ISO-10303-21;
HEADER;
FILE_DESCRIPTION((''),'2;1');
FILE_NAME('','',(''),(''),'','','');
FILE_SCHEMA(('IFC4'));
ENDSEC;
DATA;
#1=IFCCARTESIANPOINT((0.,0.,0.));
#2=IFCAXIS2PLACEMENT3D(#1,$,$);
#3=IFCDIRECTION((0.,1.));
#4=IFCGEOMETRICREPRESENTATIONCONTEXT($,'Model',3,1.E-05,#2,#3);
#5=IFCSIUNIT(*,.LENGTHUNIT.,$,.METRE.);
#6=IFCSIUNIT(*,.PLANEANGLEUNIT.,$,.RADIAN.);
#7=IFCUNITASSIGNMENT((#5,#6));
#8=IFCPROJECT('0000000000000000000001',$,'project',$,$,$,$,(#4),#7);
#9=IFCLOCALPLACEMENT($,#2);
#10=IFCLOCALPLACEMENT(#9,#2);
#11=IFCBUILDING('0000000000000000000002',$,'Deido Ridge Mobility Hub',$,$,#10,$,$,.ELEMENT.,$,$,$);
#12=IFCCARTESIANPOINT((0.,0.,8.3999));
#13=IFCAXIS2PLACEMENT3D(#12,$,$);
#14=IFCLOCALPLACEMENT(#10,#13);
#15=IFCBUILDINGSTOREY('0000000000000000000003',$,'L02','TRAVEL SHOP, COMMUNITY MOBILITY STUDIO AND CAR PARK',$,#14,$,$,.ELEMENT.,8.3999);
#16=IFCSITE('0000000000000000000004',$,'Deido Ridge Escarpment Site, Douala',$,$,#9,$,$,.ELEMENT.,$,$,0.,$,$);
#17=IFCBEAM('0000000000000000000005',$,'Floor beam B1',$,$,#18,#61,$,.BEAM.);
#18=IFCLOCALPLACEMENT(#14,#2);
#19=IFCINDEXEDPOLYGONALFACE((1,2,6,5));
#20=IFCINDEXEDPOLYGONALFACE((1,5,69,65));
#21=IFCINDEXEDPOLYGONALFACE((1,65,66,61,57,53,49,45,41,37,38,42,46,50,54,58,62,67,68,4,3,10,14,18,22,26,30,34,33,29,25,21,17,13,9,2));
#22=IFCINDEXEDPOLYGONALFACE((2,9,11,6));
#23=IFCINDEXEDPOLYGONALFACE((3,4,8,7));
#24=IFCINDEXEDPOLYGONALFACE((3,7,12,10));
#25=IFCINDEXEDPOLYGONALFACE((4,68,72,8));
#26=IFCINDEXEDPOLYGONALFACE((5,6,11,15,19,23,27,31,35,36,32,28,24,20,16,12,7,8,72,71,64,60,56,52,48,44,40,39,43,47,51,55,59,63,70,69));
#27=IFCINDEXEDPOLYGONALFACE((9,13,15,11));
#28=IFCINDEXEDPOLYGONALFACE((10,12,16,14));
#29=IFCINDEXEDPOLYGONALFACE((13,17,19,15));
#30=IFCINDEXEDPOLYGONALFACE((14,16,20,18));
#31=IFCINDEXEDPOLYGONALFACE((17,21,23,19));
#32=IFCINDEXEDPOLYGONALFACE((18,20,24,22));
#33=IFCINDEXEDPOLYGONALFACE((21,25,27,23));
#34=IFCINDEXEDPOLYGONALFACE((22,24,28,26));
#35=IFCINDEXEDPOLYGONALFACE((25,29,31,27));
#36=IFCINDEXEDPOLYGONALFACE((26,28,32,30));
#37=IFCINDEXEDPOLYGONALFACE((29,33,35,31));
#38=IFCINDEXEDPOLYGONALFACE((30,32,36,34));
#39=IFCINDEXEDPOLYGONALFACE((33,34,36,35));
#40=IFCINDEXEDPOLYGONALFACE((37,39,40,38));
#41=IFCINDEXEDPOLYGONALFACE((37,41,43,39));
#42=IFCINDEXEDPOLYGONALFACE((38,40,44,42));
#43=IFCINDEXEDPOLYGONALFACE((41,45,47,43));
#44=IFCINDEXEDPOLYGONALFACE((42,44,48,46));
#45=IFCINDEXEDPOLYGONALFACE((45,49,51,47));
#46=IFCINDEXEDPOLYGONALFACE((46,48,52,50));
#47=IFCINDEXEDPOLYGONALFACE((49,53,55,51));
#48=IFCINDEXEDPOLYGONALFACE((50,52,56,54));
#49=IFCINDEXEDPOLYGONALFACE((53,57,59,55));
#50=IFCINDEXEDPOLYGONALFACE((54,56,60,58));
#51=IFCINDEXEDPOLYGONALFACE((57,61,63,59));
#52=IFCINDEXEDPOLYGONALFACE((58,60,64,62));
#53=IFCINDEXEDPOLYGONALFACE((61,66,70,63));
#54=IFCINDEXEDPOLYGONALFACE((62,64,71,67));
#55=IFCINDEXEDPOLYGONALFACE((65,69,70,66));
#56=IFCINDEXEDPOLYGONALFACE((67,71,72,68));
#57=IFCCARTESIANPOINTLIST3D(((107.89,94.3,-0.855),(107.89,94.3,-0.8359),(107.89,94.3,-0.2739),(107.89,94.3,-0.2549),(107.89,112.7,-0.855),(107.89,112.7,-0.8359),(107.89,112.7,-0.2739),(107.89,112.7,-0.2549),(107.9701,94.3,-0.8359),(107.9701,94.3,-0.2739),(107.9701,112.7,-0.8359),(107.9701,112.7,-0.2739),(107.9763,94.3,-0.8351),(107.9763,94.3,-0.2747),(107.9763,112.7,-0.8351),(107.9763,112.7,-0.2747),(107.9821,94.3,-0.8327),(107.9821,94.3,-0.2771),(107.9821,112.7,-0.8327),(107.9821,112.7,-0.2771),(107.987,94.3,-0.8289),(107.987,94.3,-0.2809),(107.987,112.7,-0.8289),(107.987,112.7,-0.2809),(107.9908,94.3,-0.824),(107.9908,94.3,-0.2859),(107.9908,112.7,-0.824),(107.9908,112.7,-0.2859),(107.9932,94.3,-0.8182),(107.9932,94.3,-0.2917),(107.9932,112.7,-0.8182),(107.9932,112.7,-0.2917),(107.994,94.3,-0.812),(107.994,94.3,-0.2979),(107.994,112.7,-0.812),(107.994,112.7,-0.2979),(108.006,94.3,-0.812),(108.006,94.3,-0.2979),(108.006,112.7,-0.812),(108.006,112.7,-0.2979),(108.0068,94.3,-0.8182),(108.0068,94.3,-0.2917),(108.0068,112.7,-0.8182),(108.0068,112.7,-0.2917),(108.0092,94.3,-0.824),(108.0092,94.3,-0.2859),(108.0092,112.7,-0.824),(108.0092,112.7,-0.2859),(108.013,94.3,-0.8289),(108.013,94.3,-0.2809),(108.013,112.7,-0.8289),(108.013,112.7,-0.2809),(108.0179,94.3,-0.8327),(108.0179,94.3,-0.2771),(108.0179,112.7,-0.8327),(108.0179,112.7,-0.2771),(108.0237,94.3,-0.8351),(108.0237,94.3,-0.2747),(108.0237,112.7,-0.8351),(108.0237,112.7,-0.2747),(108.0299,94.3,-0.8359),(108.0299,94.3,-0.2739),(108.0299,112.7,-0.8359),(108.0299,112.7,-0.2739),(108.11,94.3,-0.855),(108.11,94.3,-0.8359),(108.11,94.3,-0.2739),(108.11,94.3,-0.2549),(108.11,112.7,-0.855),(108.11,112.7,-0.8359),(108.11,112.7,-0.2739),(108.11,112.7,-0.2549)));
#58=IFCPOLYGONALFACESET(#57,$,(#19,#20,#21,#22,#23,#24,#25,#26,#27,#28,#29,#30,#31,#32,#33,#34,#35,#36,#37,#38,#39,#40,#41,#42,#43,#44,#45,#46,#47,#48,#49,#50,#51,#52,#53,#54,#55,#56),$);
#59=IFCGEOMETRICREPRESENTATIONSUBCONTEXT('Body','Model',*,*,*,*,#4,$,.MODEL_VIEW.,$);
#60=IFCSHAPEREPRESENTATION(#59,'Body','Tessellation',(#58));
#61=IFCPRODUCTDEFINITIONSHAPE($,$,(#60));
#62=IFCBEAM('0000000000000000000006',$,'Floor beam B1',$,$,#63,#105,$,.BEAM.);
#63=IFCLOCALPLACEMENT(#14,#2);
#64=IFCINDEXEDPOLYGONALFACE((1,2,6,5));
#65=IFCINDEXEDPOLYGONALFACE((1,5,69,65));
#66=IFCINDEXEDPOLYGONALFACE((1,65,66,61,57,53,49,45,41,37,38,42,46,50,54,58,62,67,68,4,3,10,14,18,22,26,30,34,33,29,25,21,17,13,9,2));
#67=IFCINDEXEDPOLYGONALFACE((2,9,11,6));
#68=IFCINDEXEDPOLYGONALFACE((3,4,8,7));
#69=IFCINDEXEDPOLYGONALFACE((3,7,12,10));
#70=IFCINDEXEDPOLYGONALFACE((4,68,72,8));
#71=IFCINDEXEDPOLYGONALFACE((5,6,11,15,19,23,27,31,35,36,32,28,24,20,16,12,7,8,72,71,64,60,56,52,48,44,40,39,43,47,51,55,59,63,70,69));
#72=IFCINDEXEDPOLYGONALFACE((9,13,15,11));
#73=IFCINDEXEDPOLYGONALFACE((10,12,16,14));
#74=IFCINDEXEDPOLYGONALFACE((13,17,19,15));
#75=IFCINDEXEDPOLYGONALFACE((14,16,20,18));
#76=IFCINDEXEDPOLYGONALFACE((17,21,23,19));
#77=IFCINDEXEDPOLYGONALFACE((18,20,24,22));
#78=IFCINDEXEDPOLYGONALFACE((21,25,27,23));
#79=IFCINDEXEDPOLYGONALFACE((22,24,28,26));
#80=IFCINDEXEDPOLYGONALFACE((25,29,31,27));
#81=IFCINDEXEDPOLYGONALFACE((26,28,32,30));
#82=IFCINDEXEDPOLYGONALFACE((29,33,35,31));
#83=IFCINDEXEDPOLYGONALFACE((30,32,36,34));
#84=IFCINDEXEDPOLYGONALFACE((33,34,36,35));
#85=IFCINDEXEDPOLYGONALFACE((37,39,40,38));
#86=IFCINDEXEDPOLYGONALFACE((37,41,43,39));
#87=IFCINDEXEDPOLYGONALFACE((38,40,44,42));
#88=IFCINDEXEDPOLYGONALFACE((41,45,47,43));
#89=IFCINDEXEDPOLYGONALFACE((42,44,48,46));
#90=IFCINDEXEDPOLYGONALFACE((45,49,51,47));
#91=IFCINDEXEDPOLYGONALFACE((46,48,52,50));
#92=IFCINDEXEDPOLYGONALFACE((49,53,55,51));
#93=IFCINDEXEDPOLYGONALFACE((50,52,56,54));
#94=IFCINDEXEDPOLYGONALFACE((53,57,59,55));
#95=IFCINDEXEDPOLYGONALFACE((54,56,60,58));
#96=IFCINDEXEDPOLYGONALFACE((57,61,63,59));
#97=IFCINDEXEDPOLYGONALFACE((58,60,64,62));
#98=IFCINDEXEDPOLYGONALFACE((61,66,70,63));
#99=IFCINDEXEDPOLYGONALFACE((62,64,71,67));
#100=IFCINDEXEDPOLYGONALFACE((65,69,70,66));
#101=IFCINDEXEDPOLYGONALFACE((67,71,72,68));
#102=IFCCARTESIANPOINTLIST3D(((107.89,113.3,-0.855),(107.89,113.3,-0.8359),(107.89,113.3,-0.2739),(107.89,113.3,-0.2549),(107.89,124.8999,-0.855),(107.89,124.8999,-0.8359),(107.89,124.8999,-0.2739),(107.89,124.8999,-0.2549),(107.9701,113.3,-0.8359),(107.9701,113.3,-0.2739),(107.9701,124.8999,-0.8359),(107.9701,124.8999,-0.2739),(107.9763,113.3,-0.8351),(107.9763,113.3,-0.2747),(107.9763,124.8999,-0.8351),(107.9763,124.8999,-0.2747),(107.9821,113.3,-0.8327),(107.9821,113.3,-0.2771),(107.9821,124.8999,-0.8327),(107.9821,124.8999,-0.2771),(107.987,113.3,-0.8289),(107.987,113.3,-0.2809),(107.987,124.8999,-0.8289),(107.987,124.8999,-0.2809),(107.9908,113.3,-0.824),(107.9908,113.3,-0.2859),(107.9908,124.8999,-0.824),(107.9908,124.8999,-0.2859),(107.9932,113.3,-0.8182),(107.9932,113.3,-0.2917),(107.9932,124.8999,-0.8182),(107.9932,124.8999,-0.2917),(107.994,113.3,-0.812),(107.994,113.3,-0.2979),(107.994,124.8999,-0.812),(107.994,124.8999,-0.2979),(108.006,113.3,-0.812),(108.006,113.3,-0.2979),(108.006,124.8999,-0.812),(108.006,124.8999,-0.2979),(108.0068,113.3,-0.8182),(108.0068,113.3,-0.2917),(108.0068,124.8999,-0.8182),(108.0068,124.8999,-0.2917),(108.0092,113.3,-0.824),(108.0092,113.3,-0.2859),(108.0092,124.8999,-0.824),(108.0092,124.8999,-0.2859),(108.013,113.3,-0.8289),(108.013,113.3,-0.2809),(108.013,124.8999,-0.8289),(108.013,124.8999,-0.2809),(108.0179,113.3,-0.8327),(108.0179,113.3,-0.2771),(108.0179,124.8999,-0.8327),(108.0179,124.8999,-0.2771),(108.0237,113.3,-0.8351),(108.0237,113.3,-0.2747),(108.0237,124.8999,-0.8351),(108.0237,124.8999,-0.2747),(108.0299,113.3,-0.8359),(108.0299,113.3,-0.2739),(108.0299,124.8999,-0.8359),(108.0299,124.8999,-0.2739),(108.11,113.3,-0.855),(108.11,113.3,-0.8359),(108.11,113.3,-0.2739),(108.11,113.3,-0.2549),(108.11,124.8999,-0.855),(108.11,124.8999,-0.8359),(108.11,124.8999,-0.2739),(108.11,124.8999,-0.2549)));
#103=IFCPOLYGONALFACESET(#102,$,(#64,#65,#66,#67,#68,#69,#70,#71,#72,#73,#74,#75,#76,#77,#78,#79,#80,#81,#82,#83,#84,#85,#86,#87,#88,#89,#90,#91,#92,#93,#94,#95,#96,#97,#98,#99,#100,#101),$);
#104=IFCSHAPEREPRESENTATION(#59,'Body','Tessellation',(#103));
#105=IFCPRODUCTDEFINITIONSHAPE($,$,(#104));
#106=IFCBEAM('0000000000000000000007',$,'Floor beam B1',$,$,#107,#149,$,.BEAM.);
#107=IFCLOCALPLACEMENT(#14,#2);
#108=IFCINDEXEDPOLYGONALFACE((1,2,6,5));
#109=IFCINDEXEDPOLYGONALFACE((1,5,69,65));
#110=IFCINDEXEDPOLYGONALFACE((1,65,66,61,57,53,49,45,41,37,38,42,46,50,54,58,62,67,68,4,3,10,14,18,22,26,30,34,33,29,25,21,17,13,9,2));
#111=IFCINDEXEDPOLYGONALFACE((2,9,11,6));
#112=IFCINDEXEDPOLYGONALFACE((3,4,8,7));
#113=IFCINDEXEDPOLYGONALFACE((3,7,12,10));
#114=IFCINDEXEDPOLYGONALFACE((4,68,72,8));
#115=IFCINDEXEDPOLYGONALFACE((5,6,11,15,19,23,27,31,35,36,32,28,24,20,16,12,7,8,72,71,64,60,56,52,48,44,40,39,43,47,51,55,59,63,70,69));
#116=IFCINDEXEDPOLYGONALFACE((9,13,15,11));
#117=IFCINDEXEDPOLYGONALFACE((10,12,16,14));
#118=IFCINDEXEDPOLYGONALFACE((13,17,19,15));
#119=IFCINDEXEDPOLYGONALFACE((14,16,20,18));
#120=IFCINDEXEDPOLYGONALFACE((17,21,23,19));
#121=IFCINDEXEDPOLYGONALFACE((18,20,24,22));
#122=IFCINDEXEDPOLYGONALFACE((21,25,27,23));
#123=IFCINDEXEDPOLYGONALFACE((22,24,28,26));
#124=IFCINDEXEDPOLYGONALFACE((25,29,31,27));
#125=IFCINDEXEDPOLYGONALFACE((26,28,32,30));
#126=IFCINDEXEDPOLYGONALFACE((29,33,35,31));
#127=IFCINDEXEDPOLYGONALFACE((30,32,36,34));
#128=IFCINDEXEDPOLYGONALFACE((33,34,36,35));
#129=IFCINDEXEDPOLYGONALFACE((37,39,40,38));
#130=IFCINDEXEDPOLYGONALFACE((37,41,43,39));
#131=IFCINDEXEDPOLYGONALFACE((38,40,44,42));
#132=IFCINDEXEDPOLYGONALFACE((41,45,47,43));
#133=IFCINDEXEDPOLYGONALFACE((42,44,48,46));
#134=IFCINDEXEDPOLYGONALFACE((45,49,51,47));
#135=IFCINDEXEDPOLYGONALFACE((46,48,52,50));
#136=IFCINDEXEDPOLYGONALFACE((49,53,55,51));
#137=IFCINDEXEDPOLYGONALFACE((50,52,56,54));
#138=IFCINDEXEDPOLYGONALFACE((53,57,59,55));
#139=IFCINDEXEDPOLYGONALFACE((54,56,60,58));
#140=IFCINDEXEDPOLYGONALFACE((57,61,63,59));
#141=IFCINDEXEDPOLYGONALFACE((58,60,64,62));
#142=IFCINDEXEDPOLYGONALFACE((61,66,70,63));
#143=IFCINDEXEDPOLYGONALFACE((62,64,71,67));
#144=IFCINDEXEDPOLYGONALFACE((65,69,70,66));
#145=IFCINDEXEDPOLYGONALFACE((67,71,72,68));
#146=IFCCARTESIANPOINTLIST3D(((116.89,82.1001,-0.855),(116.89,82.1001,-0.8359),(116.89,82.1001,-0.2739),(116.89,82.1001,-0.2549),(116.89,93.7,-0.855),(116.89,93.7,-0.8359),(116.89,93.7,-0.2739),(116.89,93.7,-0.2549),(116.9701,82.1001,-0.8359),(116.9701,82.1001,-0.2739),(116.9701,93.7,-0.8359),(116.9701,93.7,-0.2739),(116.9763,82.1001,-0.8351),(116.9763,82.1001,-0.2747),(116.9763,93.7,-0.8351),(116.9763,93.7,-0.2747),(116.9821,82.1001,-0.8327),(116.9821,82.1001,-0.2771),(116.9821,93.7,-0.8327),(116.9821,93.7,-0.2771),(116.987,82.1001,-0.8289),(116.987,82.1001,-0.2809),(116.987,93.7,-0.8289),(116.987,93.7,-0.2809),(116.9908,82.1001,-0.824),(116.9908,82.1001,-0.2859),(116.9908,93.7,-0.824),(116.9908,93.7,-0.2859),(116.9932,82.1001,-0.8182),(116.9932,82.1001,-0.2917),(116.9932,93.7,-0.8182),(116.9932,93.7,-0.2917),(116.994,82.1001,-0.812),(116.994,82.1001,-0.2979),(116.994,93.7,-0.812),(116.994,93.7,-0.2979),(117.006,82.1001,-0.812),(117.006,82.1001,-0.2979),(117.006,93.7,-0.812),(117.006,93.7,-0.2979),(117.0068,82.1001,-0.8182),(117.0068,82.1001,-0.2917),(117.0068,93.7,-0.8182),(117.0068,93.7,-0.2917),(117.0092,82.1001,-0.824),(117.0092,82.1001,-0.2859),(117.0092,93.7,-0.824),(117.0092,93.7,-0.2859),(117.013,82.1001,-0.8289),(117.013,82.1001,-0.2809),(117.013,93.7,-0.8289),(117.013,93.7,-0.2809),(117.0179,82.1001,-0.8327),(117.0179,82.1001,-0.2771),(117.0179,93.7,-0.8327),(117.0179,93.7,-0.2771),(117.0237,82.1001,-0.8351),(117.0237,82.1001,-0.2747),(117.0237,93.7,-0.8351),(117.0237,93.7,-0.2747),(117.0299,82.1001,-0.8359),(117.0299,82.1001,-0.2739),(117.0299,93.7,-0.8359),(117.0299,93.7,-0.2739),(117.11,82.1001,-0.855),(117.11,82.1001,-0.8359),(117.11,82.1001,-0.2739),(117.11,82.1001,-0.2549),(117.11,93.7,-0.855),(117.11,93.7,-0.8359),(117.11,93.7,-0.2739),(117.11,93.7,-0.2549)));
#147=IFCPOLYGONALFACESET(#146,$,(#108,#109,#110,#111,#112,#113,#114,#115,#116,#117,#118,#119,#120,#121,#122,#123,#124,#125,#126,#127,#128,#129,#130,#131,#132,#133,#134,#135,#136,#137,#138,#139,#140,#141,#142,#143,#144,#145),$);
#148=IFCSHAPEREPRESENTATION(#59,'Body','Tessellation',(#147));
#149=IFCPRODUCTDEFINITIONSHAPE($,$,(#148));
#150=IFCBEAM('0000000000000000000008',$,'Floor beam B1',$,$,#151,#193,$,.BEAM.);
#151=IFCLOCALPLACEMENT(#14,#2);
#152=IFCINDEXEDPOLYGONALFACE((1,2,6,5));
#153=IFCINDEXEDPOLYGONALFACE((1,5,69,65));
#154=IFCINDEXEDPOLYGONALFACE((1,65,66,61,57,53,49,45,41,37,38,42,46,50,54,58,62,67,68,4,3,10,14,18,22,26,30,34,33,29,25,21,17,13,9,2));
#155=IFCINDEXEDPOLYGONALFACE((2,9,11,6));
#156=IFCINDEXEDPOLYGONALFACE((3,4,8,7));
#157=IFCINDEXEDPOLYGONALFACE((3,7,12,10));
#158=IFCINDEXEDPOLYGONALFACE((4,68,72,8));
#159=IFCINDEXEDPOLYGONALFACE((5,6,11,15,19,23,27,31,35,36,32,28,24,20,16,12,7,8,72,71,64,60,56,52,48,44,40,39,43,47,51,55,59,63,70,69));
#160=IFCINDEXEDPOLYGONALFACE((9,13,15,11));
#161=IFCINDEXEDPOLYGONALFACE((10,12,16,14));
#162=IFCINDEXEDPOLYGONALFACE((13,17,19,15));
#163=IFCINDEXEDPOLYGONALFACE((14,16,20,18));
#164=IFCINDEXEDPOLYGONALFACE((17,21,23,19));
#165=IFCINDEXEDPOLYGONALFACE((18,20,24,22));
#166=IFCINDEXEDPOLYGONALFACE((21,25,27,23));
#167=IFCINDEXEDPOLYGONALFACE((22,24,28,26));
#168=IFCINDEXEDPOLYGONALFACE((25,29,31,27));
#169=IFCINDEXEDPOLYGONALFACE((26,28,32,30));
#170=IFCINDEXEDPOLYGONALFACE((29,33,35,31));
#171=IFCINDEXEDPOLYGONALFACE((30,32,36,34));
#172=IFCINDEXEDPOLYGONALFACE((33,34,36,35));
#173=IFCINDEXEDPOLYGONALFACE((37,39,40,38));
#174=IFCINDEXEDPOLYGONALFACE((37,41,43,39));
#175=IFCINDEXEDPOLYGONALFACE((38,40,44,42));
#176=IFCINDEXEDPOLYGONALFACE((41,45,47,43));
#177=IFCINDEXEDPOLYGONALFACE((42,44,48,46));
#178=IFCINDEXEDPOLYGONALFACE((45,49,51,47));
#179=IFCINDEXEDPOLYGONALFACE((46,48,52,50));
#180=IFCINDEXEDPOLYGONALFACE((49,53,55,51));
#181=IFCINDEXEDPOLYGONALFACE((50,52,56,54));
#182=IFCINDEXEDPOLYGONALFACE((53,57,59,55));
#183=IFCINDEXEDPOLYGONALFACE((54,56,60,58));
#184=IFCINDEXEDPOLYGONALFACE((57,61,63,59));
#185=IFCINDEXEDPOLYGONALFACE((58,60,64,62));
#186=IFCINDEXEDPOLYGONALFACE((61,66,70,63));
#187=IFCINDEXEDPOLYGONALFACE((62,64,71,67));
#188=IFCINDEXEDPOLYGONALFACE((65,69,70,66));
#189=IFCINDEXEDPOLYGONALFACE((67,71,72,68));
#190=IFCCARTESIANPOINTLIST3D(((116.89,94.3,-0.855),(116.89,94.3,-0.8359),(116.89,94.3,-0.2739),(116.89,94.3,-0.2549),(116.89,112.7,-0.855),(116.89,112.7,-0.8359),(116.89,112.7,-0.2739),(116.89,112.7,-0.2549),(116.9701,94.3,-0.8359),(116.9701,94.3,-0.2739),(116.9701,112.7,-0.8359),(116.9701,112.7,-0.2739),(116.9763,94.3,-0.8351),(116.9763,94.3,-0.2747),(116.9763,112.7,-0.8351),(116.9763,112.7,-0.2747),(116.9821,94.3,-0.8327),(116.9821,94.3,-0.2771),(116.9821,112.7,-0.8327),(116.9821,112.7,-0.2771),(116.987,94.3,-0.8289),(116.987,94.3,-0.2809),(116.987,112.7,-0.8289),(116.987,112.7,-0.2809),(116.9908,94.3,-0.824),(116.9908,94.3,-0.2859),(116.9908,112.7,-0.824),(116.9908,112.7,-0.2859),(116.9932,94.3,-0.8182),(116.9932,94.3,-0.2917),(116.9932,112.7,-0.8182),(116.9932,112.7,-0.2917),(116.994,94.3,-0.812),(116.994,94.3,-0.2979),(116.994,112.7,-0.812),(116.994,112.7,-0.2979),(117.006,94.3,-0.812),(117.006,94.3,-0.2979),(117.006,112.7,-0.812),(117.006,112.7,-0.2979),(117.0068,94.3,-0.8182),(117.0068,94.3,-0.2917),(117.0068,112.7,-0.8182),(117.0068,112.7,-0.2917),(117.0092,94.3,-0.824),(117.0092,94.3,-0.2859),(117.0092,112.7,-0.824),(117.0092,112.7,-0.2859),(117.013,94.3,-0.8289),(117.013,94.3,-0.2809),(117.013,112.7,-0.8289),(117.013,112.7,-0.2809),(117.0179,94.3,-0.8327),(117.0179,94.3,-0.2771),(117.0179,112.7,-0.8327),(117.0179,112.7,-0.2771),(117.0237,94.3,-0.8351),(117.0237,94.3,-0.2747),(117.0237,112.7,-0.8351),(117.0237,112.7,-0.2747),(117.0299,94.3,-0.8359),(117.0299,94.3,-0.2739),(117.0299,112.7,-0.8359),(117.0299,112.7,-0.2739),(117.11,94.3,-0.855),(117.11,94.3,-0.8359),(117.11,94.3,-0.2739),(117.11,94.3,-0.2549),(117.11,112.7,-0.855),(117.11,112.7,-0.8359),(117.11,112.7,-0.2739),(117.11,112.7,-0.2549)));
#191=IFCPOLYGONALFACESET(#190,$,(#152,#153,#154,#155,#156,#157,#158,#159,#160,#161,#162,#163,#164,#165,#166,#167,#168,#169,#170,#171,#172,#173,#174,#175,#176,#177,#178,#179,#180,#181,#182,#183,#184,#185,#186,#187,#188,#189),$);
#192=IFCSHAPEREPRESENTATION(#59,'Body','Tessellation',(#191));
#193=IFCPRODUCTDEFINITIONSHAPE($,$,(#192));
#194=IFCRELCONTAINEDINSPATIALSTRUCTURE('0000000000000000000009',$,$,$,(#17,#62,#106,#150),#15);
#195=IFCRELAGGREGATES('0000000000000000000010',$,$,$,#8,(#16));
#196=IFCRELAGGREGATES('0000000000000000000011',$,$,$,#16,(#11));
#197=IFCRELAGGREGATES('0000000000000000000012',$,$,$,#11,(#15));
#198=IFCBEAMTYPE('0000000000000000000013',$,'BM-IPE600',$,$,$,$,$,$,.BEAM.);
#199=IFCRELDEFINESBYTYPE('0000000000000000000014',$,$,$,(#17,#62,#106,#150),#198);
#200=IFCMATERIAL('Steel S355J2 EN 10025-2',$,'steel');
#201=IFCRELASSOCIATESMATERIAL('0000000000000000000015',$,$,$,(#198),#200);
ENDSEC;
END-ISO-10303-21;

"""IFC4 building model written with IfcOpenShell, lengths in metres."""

from ifc_helpers import new_model, si_unit, direction, frame, origin, origin_2d, place, context, subcontext, project, spatial, i_section, extrude, material, material_profile, profile_set, type_object, element, save


model = new_model("IFC4")

# Units and contexts
model_context = context("Model", 3, precision=1e-05, world=origin(), true_north=direction((0.0, 1.0)))
body_context = subcontext(model_context, "Body", "Model", "MODEL_VIEW")
ifc_project = project(units=[si_unit("LENGTHUNIT", "METRE"), si_unit("PLANEANGLEUNIT", "RADIAN")], contexts=[model_context])

# Site, building, storey
site_placement = place(None, origin())
site = spatial("IfcSite", under=ifc_project, at=site_placement, Name="Deido Ridge Escarpment Site, Douala", CompositionType="ELEMENT", RefElevation=0.0)
building_placement = place(site_placement, origin())
building = spatial("IfcBuilding", under=site, at=building_placement, Name="Deido Ridge Mobility Hub", CompositionType="ELEMENT")
storey_placement = place(building_placement, frame((0.0, 0.0, 8.3999)))
storey = spatial("IfcBuildingStorey", under=building, at=storey_placement, Name="L02", Description="TRAVEL SHOP, COMMUNITY MOBILITY STUDIO AND CAR PARK", CompositionType="ELEMENT", Elevation=8.3999)

# Shared definitions
ifc_material_1 = material(Name="Steel S355J2 EN 10025-2", Category="steel")

# Beams
ifc_material_profile_1 = material_profile(ifc_material_1, i_section(OverallWidth=0.22, OverallDepth=0.6001, WebThickness=0.012, FlangeThickness=0.019, FilletRadius=0.0239, at=origin_2d()), Name="IPE 600")
ifc_profile_set_1 = profile_set([ifc_material_profile_1], Name="Steel S355J2 EN 10025-2")
beam_type_1 = type_object("IfcBeamType", Name="BM-IPE600", PredefinedType="BEAM", material=ifc_profile_set_1)
beam_1_placement = place(storey_placement, frame((108.0, 94.3, -0.5549), z_axis=(0.0, 1.0, 0.0), x_axis=(-1.0, 0.0, 0.0)))
element("IfcBeam", 1, at=beam_1_placement, inside=storey, type_object=beam_type_1, Name="Floor beam B1", PredefinedType="BEAM", context=body_context, shape_type="SweptSolid", body=[
    extrude(i_section(OverallWidth=0.22, OverallDepth=0.6001, WebThickness=0.012, FlangeThickness=0.019, FilletRadius=0.0239, at=origin_2d()), origin(), (0.0, 0.0, 1.0), 18.3999),
])
for number, where, z_axis, x_axis, name in (
    (2, (108.0, 113.3, -0.5549), (0.0, 1.0, 0.0), (-1.0, 0.0, 0.0), "Floor beam B1"),
    (3, (117.0, 82.1001, -0.5549), (0.0, 1.0, 0.0), (-1.0, 0.0, 0.0), "Floor beam B1"),
):
    element("IfcBeam", number, at=place(storey_placement, frame(where, z_axis=z_axis, x_axis=x_axis)), inside=storey, type_object=beam_type_1, Name=name, PredefinedType="BEAM", context=body_context, shape_type="SweptSolid", body=[
        extrude(i_section(OverallWidth=0.22, OverallDepth=0.6001, WebThickness=0.012, FlangeThickness=0.019, FilletRadius=0.0239, at=origin_2d()), origin(), (0.0, 0.0, 1.0), 11.5999),
    ])
beam_2_placement = place(storey_placement, frame((117.0, 94.3, -0.5549), z_axis=(0.0, 1.0, 0.0), x_axis=(-1.0, 0.0, 0.0)))
element("IfcBeam", 4, at=beam_2_placement, inside=storey, type_object=beam_type_1, Name="Floor beam B1", PredefinedType="BEAM", context=body_context, shape_type="SweptSolid", body=[
    extrude(i_section(OverallWidth=0.22, OverallDepth=0.6001, WebThickness=0.012, FlangeThickness=0.019, FilletRadius=0.0239, at=origin_2d()), origin(), (0.0, 0.0, 1.0), 18.3999),
])

save(model, "model.ifc")
